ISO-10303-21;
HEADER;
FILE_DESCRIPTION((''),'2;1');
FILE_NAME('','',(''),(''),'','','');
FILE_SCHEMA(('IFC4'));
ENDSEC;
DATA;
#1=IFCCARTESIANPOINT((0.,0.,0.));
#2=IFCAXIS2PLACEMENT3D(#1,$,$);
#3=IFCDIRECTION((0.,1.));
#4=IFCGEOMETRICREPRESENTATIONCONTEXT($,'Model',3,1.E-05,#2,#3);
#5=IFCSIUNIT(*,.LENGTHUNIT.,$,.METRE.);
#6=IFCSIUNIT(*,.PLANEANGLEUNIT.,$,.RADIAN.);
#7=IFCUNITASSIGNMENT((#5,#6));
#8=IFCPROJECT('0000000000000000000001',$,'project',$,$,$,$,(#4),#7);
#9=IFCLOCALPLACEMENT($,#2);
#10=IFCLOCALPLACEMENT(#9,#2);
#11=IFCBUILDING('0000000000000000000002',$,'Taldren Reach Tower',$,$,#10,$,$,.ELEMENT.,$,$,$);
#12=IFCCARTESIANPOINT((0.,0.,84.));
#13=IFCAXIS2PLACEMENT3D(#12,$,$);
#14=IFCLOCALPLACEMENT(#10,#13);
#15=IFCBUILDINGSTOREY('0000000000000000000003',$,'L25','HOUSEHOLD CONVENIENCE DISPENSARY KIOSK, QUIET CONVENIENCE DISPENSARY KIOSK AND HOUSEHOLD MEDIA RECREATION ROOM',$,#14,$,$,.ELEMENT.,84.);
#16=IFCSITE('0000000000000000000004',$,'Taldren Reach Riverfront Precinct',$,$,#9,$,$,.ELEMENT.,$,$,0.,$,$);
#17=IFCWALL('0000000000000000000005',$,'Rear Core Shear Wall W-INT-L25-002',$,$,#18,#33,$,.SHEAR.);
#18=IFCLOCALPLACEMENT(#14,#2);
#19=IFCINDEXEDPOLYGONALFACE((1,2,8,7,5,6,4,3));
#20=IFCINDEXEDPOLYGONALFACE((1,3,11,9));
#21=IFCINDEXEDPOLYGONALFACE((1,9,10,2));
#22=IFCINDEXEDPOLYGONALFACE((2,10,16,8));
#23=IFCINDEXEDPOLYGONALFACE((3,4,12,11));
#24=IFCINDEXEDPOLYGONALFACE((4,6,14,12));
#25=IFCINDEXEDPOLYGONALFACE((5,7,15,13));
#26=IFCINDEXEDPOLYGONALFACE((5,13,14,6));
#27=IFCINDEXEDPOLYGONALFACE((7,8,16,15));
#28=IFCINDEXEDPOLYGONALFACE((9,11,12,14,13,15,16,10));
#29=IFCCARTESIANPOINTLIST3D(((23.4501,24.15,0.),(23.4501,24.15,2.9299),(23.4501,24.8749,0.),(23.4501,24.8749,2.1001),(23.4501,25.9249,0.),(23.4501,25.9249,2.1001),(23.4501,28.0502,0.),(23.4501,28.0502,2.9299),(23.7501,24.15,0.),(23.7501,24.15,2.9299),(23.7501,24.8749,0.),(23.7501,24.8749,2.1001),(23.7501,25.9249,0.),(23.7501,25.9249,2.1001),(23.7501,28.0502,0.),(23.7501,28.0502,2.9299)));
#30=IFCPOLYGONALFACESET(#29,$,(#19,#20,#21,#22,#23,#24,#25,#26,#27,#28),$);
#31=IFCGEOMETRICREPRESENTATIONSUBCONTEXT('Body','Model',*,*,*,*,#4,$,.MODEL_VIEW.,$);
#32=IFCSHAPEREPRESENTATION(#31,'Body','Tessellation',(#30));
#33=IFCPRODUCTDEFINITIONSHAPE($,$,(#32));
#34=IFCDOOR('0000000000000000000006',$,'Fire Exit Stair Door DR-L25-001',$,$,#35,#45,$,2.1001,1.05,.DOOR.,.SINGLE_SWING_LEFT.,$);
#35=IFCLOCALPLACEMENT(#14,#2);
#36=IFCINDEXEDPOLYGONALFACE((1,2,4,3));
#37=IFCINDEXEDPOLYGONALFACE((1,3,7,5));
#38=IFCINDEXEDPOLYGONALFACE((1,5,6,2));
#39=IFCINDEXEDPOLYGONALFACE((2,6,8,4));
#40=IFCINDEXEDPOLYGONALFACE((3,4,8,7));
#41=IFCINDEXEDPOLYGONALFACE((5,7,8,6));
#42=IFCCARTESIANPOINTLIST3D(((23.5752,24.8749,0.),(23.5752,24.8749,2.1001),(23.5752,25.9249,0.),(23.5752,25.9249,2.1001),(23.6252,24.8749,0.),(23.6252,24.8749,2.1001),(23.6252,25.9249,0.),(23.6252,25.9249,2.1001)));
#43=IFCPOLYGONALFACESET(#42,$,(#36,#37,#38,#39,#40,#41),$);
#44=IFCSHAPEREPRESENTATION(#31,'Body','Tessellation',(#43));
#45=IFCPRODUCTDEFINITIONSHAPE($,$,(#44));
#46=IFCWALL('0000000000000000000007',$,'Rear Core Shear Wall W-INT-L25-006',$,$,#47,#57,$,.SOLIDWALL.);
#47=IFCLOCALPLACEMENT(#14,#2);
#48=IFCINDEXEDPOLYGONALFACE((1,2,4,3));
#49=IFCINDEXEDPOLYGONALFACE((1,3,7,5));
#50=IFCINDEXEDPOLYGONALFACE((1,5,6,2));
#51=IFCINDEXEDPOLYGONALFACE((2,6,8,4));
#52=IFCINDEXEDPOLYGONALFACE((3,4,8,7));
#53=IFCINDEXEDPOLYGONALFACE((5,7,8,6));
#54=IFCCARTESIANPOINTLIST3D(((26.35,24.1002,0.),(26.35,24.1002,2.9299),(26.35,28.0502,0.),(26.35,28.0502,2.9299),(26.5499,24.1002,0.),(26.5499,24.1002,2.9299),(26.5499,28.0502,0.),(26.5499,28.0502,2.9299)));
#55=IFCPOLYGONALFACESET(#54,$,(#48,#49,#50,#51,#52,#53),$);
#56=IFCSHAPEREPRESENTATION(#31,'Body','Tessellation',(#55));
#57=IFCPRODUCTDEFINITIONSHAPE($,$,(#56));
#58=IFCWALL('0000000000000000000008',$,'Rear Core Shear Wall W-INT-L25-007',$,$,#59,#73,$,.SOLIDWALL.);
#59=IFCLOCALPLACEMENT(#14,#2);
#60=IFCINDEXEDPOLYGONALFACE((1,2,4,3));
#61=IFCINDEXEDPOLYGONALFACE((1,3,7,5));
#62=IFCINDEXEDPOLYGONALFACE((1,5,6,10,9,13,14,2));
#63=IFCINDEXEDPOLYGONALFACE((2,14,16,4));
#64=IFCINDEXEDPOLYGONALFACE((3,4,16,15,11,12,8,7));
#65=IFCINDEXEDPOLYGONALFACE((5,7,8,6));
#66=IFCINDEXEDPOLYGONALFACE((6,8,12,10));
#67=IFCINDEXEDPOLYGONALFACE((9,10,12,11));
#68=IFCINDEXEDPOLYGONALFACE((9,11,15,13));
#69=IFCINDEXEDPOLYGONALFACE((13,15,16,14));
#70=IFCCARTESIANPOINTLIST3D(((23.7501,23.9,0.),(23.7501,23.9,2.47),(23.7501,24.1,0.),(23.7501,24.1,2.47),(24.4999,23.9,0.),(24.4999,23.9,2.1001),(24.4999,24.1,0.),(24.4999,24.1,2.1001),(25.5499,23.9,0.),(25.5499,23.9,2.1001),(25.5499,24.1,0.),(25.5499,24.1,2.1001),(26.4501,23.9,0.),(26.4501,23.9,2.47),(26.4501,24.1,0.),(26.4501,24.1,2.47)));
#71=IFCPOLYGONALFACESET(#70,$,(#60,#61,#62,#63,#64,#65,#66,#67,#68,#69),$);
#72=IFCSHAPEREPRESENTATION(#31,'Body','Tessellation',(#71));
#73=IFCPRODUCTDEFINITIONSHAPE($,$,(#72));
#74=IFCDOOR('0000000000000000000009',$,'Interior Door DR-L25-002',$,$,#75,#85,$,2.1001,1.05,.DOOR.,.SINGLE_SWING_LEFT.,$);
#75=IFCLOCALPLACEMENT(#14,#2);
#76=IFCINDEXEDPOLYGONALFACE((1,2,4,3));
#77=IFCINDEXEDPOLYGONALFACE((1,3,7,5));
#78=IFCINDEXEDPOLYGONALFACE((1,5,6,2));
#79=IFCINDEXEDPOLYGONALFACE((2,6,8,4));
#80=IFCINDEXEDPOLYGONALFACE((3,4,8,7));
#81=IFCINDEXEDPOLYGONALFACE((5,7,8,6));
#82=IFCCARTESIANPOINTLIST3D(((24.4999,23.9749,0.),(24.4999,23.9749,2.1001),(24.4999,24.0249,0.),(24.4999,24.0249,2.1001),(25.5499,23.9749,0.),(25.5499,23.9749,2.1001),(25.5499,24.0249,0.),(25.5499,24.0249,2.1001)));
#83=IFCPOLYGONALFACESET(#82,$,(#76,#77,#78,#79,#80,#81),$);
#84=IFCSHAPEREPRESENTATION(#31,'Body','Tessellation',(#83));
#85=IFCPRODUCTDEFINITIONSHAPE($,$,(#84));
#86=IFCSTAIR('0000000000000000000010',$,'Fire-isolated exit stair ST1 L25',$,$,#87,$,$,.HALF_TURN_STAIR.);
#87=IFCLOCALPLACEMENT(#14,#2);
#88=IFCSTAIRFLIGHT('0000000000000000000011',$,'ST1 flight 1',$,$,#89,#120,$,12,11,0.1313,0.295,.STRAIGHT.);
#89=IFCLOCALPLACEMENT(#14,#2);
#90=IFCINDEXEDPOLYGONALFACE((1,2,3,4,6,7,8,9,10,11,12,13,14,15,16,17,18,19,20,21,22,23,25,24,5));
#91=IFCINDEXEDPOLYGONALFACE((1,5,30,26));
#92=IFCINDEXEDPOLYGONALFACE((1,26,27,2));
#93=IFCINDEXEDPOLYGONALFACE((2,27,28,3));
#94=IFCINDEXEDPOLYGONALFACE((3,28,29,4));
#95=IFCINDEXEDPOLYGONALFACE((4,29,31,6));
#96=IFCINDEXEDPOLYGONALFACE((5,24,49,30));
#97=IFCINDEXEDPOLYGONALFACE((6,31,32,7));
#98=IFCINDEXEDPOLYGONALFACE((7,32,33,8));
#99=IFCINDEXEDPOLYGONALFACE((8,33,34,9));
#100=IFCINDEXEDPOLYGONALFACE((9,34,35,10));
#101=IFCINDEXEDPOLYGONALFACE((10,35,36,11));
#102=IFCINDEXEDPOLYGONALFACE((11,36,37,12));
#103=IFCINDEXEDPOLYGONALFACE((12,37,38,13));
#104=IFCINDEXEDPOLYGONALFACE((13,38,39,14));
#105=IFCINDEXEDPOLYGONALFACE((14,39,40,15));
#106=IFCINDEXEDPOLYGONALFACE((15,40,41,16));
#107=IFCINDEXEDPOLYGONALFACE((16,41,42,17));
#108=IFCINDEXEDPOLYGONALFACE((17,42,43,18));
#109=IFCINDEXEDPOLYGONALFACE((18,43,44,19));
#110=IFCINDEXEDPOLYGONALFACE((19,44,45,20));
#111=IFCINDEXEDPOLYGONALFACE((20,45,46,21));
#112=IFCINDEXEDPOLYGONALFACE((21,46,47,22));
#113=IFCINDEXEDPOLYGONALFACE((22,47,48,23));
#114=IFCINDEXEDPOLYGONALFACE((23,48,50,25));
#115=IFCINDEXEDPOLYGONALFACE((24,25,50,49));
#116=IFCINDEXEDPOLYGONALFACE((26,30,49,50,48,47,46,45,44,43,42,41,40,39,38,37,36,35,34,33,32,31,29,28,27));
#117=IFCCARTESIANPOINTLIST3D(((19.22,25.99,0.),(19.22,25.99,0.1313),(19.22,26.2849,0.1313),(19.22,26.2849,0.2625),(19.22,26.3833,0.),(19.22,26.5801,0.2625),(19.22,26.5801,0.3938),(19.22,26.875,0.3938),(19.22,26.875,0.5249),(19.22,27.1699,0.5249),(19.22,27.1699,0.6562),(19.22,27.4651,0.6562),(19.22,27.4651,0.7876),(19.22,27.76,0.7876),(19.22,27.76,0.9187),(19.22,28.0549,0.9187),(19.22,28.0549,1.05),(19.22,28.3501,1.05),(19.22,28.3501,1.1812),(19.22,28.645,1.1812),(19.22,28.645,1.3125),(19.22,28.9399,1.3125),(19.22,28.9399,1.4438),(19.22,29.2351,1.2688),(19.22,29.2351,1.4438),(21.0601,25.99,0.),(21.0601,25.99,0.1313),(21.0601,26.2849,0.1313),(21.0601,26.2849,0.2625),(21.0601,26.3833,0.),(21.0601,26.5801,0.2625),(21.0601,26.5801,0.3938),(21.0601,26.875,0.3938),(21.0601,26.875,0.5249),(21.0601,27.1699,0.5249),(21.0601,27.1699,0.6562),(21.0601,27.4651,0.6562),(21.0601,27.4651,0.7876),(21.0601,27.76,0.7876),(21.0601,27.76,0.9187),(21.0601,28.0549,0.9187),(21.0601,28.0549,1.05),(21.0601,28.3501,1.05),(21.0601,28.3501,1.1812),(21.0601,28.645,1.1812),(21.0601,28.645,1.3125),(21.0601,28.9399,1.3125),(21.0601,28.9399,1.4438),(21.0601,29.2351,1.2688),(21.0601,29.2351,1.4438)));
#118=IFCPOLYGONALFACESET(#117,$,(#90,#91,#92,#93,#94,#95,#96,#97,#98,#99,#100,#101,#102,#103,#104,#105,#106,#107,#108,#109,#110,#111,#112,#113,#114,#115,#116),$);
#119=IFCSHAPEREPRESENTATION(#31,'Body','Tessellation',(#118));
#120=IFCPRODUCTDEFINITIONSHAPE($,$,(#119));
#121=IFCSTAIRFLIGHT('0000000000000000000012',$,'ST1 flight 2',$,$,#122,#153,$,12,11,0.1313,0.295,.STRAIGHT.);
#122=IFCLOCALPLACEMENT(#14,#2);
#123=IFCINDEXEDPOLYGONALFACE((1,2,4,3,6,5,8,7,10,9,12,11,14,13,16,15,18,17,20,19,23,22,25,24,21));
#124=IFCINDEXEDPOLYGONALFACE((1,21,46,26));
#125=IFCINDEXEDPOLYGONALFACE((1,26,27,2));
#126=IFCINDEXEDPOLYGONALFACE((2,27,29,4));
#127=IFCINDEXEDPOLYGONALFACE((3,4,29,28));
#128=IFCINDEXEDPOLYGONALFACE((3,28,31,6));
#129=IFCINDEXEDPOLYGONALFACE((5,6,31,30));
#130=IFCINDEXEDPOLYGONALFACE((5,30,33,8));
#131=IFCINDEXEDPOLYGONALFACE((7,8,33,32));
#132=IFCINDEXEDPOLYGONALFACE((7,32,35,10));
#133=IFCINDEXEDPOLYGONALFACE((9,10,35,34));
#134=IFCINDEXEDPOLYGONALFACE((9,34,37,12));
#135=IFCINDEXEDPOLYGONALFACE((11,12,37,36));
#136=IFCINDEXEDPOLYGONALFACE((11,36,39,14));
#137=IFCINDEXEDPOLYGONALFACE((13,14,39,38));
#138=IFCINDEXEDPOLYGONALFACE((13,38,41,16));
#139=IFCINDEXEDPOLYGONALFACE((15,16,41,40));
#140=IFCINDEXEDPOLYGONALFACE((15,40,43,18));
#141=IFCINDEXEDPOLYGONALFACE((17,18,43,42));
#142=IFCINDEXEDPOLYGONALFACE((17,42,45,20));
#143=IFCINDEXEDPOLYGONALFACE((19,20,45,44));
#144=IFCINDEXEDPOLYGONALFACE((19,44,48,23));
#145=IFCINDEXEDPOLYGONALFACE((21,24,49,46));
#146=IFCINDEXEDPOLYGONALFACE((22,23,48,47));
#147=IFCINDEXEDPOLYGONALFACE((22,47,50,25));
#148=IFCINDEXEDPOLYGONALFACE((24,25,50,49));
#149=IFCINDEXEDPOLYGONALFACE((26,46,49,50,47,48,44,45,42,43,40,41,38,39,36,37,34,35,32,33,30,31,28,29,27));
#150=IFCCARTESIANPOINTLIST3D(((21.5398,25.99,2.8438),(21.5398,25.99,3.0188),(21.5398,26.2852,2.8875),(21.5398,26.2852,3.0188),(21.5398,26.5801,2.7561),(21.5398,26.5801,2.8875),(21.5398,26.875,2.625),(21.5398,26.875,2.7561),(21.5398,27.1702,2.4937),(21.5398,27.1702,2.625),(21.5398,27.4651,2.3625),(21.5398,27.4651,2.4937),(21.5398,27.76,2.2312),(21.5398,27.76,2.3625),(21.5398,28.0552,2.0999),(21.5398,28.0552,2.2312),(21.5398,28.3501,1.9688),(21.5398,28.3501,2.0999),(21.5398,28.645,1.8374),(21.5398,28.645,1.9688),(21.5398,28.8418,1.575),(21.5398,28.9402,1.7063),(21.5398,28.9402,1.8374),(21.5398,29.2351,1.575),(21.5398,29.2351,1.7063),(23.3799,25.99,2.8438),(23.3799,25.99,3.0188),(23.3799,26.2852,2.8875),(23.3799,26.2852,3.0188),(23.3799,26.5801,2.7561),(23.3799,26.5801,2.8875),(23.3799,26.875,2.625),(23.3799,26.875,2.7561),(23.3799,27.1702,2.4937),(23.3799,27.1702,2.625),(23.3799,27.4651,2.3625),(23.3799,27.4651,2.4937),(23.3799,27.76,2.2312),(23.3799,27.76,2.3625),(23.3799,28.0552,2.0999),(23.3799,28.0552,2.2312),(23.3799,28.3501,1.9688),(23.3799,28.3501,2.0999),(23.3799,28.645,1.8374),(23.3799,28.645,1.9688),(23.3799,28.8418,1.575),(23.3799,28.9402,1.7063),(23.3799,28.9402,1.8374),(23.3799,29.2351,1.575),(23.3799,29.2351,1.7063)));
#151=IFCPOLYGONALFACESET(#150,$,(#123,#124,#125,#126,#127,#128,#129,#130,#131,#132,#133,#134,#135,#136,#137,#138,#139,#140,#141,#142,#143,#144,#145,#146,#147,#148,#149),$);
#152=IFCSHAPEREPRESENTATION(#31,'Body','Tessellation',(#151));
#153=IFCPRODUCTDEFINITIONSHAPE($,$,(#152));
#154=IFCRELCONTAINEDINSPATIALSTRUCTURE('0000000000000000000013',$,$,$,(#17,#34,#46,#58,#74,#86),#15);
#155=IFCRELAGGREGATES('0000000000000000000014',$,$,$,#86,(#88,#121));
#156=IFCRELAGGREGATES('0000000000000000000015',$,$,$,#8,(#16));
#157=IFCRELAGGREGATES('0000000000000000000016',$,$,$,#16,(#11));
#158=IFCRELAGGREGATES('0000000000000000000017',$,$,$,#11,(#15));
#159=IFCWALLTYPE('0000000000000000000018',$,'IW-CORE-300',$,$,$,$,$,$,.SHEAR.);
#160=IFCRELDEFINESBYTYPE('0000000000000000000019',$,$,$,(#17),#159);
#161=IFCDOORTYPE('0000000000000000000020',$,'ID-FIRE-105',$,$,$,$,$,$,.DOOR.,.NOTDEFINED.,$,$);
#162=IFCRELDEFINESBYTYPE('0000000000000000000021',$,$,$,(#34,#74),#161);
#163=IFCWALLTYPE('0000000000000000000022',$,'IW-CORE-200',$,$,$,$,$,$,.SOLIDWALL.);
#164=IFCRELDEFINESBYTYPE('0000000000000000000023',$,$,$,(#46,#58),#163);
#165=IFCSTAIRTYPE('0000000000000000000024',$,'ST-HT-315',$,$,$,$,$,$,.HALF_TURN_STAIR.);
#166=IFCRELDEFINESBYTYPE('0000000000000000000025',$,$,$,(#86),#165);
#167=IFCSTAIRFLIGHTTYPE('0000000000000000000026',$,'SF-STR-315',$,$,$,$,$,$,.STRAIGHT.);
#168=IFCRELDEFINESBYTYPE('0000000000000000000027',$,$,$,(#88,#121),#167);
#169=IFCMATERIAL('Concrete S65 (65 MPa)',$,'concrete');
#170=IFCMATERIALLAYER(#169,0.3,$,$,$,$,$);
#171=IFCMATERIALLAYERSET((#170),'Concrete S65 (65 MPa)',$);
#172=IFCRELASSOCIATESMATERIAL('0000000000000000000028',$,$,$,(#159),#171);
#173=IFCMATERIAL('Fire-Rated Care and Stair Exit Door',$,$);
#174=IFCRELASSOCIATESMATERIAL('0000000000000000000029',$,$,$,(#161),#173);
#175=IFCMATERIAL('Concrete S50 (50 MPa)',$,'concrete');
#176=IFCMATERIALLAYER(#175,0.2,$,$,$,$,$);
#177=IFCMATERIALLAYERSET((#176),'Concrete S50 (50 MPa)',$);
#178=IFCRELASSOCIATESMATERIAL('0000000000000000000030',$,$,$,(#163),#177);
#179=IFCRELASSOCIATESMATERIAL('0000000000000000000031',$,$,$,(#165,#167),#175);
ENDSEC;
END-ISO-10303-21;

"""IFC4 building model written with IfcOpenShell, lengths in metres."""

from ifc_helpers import new_model, si_unit, direction, frame, frame_2d, origin, place, context, subcontext, project, spatial, polyline, rectangle, outline, extrude, source, transform, mapped, material, layer, layer_set, type_object, element, fill, aggregate, save


model = new_model("IFC4")

# Units and contexts
model_context = context("Model", 3, precision=1e-05, world=origin(), true_north=direction((0.0, 1.0)))
body_context = subcontext(model_context, "Body", "Model", "MODEL_VIEW")
ifc_project = project(units=[si_unit("LENGTHUNIT", "METRE"), si_unit("PLANEANGLEUNIT", "RADIAN")], contexts=[model_context])

# Site, building, storey
site_placement = place(None, origin())
site = spatial("IfcSite", under=ifc_project, at=site_placement, Name="Taldren Reach Riverfront Precinct", CompositionType="ELEMENT", RefElevation=0.0)
building_placement = place(site_placement, origin())
building = spatial("IfcBuilding", under=site, at=building_placement, Name="Taldren Reach Tower", CompositionType="ELEMENT")
storey_placement = place(building_placement, frame((0.0, 0.0, 84.0)))
storey = spatial("IfcBuildingStorey", under=building, at=storey_placement, Name="L25", Description="HOUSEHOLD CONVENIENCE DISPENSARY KIOSK, QUIET CONVENIENCE DISPENSARY KIOSK AND HOUSEHOLD MEDIA RECREATION ROOM", CompositionType="ELEMENT", Elevation=84.0)

# Shared definitions
ifc_material_1 = material(Name="Concrete S65 (65 MPa)", Category="concrete")

# Shared definitions
ifc_layer_1 = layer(ifc_material_1, 0.3)
ifc_layer_set_1 = layer_set([ifc_layer_1], Name="Concrete S65 (65 MPa)")
wall_type_1 = type_object("IfcWallType", Name="IW-CORE-300", PredefinedType="SHEAR", material=ifc_layer_set_1)

# Wall, opening, door
shared_shape_1 = source(origin(), body_context, "Body", "SweptSolid", [
    extrude(rectangle(XDim=3.9001, YDim=0.3, at=frame_2d((1.9502, 0.0))), origin(), (0.0, 0.0, 1.0), 2.9299),
])
wall_1_placement = place(storey_placement, frame((23.6001, 24.1499, 0.0), z_axis=(0.0, 0.0, 1.0), x_axis=(0.0, 1.0, 0.0)))
wall_1 = element("IfcWall", 1, at=wall_1_placement, inside=storey, type_object=wall_type_1, Name="Rear Core Shear Wall W-INT-L25-002", PredefinedType="SHEAR", context=body_context, shape_type="MappedRepresentation", body=[
    mapped(shared_shape_1, transform((0.0, 0.0, 0.0), scale=1.0)),
])
shared_shape_2 = source(origin(), body_context, "Body", "SweptSolid", [
    extrude(rectangle(XDim=1.05, YDim=2.1001, at=frame_2d((0.5249, 1.05))), frame((0.0, 0.1602, 0.0), z_axis=(0.0, -1.0, 0.0), x_axis=(1.0, 0.0, 0.0)), (0.0, 0.0, 1.0), 0.3201),
])
opening_1_placement = place(wall_1_placement, frame((0.7251, 0.0, 0.0)))
opening_1 = element("IfcOpeningElement", 2, at=opening_1_placement, cuts=wall_1, PredefinedType="OPENING", context=body_context, shape_type="MappedRepresentation", body=[
    mapped(shared_shape_2, transform((0.0, 0.0, 0.0), scale=1.0)),
])
ifc_material_2 = material(Name="Fire-Rated Care and Stair Exit Door")
door_type_1 = type_object("IfcDoorType", Name="ID-FIRE-105", OperationType="NOTDEFINED", PredefinedType="DOOR", material=ifc_material_2)
shared_shape_3 = source(origin(), body_context, "Body", "SweptSolid", [
    extrude(rectangle(XDim=1.05, YDim=2.1001, at=frame_2d((0.5249, 1.05))), frame((0.0, 0.0249, 0.0), z_axis=(0.0, -1.0, 0.0), x_axis=(1.0, 0.0, 0.0)), (0.0, 0.0, 1.0), 0.05),
])
door_1_placement = place(opening_1_placement, origin())
door_1 = element("IfcDoor", 3, at=door_1_placement, inside=storey, type_object=door_type_1, Name="Fire Exit Stair Door DR-L25-001", OperationType="SINGLE_SWING_LEFT", OverallHeight=2.1001, OverallWidth=1.05, PredefinedType="DOOR", context=body_context, shape_type="MappedRepresentation", body=[
    mapped(shared_shape_3, transform((0.0, 0.0, 0.0), scale=1.0)),
])
fill(opening_1, door_1)

# Wall
ifc_material_3 = material(Name="Concrete S50 (50 MPa)", Category="concrete")
ifc_layer_2 = layer(ifc_material_3, 0.2)
ifc_layer_set_2 = layer_set([ifc_layer_2], Name="Concrete S50 (50 MPa)")
wall_type_2 = type_object("IfcWallType", Name="IW-CORE-200", PredefinedType="SOLIDWALL", material=ifc_layer_set_2)
shared_shape_4 = source(origin(), body_context, "Body", "SweptSolid", [
    extrude(rectangle(XDim=3.95, YDim=0.2, at=frame_2d((1.9751, 0.0))), origin(), (0.0, 0.0, 1.0), 2.9299),
])
wall_2_placement = place(storey_placement, frame((26.45, 24.1001, 0.0), z_axis=(0.0, 0.0, 1.0), x_axis=(0.0, 1.0, 0.0)))
element("IfcWall", 4, at=wall_2_placement, inside=storey, type_object=wall_type_2, Name="Rear Core Shear Wall W-INT-L25-006", PredefinedType="SOLIDWALL", context=body_context, shape_type="MappedRepresentation", body=[
    mapped(shared_shape_4, transform((0.0, 0.0, 0.0), scale=1.0)),
])

# Wall, opening, door
shared_shape_5 = source(origin(), body_context, "Body", "SweptSolid", [
    extrude(rectangle(XDim=2.7, YDim=0.2, at=frame_2d((1.3501, 0.0))), origin(), (0.0, 0.0, 1.0), 2.47),
])
wall_3_placement = place(storey_placement, frame((23.75, 24.0, 0.0), z_axis=(0.0, 0.0, 1.0), x_axis=(1.0, 0.0, 0.0)))
wall_3 = element("IfcWall", 5, at=wall_3_placement, inside=storey, type_object=wall_type_2, Name="Rear Core Shear Wall W-INT-L25-007", PredefinedType="SOLIDWALL", context=body_context, shape_type="MappedRepresentation", body=[
    mapped(shared_shape_5, transform((0.0, 0.0, 0.0), scale=1.0)),
])
shared_shape_6 = source(origin(), body_context, "Body", "SweptSolid", [
    extrude(rectangle(XDim=1.05, YDim=2.1001, at=frame_2d((0.5249, 1.05))), frame((0.0, 0.1099, 0.0), z_axis=(0.0, -1.0, 0.0), x_axis=(1.0, 0.0, 0.0)), (0.0, 0.0, 1.0), 0.22),
])
opening_2_placement = place(wall_3_placement, frame((0.75, 0.0, 0.0)))
opening_2 = element("IfcOpeningElement", 6, at=opening_2_placement, cuts=wall_3, PredefinedType="OPENING", context=body_context, shape_type="MappedRepresentation", body=[
    mapped(shared_shape_6, transform((0.0, 0.0, 0.0), scale=1.0)),
])
door_2_placement = place(opening_2_placement, origin())
door_2 = element("IfcDoor", 7, at=door_2_placement, inside=storey, type_object=door_type_1, Name="Interior Door DR-L25-002", OperationType="SINGLE_SWING_LEFT", OverallHeight=2.1001, OverallWidth=1.05, PredefinedType="DOOR", context=body_context, shape_type="MappedRepresentation", body=[
    mapped(shared_shape_3, transform((0.0, 0.0, 0.0), scale=1.0)),
])
fill(opening_2, door_2)

# Stair, stair flights
stair_type = type_object("IfcStairType", Name="ST-HT-315", PredefinedType="HALF_TURN_STAIR", material=ifc_material_3)
stair_placement = place(storey_placement, origin())
stair = element("IfcStair", 8, at=stair_placement, inside=storey, type_object=stair_type, Name="Fire-isolated exit stair ST1 L25", PredefinedType="HALF_TURN_STAIR")
stair_flight_type = type_object("IfcStairFlightType", Name="SF-STR-315", PredefinedType="STRAIGHT", material=ifc_material_3)
stair_flight_1_placement = place(storey_placement, frame((20.1399, 25.99, 0.0), z_axis=(0.0, 0.0, 1.0), x_axis=(0.0, 1.0, 0.0)))
stair_flight_1 = element("IfcStairFlight", 9, at=stair_flight_1_placement, type_object=stair_flight_type, Name="ST1 flight 1", NumberOfRisers=12, NumberOfTreads=11, PredefinedType="STRAIGHT", RiserHeight=0.1313, TreadLength=0.295, context=body_context, shape_type="SweptSolid", body=[
    extrude(outline(polyline([(0.0, 0.0), (0.0, 0.1313), (0.2949, 0.1313), (0.2949, 0.2625), (0.5901, 0.2625), (0.5901, 0.3938), (0.885, 0.3938), (0.885, 0.5249), (1.1799, 0.5249), (1.1799, 0.6562), (1.4751, 0.6562), (1.4751, 0.7876), (1.77, 0.7876), (1.77, 0.9187), (2.0649, 0.9187), (2.0649, 1.05), (2.3601, 1.05), (2.3601, 1.1812), (2.655, 1.1812), (2.655, 1.3125), (2.95, 1.3125), (2.95, 1.4438), (3.2451, 1.4438), (3.2451, 1.575), (3.2451, 1.2688), (0.3933, 0.0), (0.0, 0.0)])), frame((0.0, 0.9199, 0.0), z_axis=(0.0, -1.0, 0.0), x_axis=(1.0, 0.0, 0.0)), (0.0, 0.0, 1.0), 1.8401),
])
stair_flight_2_placement = place(storey_placement, frame((22.46, 29.2351, 1.575), z_axis=(0.0, 0.0, 1.0), x_axis=(0.0, -1.0, 0.0)))
stair_flight_2 = element("IfcStairFlight", 10, at=stair_flight_2_placement, type_object=stair_flight_type, Name="ST1 flight 2", NumberOfRisers=12, NumberOfTreads=11, PredefinedType="STRAIGHT", RiserHeight=0.1313, TreadLength=0.295, context=body_context, shape_type="SweptSolid", body=[
    extrude(outline(polyline([(0.0, 0.0), (0.0, 0.1313), (0.2949, 0.1313), (0.2949, 0.2625), (0.5901, 0.2625), (0.5901, 0.3938), (0.885, 0.3938), (0.885, 0.5249), (1.1799, 0.5249), (1.1799, 0.6562), (1.4751, 0.6562), (1.4751, 0.7876), (1.77, 0.7876), (1.77, 0.9187), (2.0649, 0.9187), (2.0649, 1.05), (2.3601, 1.05), (2.3601, 1.1812), (2.655, 1.1812), (2.655, 1.3125), (2.95, 1.3125), (2.95, 1.4438), (3.2451, 1.4438), (3.2451, 1.575), (3.2451, 1.2688), (0.3933, 0.0), (0.0, 0.0)])), frame((0.0, 0.9199, 0.0), z_axis=(0.0, -1.0, 0.0), x_axis=(1.0, 0.0, 0.0)), (0.0, 0.0, 1.0), 1.8401),
])
aggregate(stair, [stair_flight_1, stair_flight_2])

save(model, "model.ifc")
